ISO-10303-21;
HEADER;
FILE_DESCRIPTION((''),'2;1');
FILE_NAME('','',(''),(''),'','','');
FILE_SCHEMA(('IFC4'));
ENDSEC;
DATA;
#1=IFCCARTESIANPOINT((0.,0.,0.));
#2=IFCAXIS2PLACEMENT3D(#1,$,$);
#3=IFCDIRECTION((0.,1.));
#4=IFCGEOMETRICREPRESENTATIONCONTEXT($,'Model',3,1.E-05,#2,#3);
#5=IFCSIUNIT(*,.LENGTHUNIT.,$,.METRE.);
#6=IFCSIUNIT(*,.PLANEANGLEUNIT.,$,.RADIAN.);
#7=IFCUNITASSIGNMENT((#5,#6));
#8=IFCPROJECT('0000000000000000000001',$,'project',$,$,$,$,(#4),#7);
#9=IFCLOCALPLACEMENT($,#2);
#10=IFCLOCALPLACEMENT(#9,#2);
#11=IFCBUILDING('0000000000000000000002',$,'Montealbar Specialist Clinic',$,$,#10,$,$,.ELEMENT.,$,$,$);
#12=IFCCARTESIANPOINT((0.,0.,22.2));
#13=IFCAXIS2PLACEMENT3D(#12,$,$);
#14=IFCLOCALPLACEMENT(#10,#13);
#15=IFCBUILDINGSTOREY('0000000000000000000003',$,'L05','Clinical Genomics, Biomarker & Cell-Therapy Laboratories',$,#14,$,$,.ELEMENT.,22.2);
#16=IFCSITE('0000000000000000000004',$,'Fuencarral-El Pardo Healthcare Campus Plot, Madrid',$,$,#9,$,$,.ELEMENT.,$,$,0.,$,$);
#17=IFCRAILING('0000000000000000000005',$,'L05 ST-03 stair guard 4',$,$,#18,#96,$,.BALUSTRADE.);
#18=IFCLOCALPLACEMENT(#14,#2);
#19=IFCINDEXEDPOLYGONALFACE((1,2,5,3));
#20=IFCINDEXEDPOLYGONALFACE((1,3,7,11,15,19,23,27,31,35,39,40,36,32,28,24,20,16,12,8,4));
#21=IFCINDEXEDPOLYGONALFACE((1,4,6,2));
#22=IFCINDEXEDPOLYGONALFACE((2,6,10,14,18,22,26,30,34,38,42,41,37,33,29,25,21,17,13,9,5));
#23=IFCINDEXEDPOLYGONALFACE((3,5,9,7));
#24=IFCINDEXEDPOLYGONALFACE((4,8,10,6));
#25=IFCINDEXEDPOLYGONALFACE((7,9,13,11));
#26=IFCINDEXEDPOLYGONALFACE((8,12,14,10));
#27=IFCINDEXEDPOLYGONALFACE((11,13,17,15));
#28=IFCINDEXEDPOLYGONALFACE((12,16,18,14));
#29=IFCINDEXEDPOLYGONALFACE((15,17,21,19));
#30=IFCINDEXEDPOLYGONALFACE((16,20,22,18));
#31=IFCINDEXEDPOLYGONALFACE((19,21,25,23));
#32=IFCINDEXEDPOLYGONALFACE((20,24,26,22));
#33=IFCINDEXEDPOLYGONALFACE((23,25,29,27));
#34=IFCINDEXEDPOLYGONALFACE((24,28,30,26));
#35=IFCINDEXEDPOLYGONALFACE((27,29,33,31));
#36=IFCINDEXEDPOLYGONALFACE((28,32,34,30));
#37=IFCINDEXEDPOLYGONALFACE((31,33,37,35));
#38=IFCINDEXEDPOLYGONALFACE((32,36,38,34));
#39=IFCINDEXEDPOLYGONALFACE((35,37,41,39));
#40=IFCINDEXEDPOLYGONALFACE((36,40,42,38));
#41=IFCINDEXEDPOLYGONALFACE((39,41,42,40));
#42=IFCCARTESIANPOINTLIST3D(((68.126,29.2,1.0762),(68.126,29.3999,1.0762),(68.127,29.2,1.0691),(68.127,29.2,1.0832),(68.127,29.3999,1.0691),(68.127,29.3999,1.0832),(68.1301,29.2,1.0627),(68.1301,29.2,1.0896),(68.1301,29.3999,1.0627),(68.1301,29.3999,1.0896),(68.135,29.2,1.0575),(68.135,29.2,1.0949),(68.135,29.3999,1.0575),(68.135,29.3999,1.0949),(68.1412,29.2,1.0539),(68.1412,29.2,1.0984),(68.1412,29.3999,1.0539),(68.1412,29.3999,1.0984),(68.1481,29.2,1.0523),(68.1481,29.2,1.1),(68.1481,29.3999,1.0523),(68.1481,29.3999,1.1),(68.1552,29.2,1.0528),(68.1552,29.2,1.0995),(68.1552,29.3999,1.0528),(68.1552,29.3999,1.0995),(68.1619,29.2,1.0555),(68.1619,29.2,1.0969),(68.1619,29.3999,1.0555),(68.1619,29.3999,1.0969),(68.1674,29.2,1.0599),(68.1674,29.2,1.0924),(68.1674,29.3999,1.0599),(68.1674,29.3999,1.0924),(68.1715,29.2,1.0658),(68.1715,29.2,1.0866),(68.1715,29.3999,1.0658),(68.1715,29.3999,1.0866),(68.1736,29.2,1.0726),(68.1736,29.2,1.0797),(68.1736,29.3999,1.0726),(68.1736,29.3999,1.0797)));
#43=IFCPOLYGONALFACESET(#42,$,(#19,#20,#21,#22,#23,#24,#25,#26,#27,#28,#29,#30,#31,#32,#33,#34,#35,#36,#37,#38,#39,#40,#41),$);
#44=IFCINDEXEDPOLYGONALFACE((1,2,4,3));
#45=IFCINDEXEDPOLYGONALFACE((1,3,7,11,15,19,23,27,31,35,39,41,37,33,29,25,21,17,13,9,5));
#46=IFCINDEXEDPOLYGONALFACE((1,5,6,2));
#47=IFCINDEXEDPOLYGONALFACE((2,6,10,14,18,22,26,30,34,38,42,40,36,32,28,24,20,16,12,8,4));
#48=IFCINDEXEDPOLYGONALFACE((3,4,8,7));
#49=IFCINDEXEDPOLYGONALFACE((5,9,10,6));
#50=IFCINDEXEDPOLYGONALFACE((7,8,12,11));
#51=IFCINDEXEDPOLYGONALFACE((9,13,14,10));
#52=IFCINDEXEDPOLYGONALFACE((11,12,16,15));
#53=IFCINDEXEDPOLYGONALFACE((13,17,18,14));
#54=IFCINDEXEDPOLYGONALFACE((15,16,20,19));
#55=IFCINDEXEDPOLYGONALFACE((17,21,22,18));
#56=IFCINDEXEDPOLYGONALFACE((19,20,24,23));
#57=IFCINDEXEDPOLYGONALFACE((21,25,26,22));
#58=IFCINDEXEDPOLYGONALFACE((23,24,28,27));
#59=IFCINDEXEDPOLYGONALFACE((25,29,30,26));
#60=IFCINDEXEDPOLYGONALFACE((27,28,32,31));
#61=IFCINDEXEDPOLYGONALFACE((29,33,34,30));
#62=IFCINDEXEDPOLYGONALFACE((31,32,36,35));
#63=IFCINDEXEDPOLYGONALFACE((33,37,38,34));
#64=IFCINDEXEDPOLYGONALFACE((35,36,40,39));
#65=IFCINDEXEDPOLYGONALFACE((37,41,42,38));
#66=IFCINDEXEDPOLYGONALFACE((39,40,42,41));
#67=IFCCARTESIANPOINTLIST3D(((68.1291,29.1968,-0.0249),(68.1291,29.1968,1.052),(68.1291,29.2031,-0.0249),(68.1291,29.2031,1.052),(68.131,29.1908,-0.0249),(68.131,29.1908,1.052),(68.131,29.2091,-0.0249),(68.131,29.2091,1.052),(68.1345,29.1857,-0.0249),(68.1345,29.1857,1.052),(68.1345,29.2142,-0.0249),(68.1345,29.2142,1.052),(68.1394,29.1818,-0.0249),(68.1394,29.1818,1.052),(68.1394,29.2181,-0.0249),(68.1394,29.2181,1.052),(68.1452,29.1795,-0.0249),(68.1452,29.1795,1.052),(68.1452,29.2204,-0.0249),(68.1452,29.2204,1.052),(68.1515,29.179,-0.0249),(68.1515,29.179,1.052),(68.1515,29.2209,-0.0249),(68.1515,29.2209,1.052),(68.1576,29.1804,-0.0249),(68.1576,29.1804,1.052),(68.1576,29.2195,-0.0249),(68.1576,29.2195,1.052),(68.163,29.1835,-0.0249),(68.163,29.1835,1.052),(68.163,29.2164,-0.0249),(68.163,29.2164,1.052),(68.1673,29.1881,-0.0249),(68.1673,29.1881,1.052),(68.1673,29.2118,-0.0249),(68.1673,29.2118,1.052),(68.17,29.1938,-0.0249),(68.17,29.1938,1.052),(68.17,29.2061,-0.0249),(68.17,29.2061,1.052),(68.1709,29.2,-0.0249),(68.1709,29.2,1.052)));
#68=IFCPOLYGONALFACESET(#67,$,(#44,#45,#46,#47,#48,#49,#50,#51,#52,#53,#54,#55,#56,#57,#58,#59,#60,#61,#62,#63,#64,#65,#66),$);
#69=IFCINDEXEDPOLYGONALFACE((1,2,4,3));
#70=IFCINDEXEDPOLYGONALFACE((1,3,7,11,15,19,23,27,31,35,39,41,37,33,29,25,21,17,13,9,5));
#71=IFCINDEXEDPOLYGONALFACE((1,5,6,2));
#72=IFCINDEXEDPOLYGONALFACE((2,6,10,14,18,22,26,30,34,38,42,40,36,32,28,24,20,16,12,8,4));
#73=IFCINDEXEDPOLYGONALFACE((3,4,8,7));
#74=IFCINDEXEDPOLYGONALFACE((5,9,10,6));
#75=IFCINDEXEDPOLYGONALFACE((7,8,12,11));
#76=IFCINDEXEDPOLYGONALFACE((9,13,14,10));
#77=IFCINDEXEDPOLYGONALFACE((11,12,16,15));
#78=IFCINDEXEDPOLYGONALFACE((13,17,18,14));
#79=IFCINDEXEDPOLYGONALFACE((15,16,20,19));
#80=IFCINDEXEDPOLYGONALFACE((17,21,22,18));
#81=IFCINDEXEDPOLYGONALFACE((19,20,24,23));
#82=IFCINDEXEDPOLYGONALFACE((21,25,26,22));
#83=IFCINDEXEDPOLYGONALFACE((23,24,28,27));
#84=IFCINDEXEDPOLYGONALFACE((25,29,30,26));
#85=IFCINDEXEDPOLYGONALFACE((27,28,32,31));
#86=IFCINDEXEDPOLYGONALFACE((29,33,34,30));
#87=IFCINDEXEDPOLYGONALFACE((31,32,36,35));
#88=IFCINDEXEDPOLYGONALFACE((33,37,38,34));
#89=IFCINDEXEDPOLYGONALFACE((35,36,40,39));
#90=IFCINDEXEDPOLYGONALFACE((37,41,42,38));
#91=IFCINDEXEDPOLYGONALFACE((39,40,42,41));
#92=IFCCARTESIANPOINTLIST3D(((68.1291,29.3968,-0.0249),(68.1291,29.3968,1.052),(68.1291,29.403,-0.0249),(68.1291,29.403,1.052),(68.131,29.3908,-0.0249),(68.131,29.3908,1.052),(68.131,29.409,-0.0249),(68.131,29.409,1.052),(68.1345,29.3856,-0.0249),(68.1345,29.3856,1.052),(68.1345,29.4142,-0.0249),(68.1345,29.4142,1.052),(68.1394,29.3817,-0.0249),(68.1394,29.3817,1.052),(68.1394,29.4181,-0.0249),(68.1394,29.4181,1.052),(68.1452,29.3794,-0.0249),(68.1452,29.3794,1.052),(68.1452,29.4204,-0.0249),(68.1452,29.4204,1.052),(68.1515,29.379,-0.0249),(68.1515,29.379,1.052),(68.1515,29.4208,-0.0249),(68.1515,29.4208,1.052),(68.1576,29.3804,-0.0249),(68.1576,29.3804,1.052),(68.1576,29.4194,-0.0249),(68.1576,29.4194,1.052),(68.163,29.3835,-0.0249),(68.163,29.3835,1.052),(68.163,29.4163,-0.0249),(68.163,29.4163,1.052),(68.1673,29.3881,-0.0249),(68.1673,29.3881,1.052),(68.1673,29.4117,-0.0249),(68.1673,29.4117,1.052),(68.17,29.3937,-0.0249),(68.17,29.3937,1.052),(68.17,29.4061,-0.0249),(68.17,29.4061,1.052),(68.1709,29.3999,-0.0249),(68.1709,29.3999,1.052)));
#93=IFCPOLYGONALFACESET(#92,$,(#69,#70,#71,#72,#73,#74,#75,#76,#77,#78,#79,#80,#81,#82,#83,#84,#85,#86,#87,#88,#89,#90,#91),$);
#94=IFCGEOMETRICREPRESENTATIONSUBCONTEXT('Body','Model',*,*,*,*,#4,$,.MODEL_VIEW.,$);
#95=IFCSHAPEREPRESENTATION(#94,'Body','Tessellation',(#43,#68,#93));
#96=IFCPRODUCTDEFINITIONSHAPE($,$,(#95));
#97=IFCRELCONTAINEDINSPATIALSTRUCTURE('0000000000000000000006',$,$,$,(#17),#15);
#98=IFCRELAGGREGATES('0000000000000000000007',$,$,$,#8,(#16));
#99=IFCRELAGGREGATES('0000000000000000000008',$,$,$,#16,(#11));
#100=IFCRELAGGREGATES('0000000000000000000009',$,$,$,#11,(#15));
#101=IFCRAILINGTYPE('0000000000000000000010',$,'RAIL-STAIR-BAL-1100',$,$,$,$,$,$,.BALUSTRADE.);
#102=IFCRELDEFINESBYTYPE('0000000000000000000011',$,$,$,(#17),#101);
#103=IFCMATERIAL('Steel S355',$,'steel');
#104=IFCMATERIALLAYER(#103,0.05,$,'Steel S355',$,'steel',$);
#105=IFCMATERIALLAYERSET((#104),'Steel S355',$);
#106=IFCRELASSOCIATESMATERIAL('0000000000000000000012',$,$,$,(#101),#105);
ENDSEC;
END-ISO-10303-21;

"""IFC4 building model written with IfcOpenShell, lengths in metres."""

from ifc_helpers import new_model, si_unit, direction, frame, origin, origin_2d, place, context, subcontext, project, spatial, circle, extrude, material, layer, layer_set, type_object, element, save


model = new_model("IFC4")

# Units and contexts
model_context = context("Model", 3, precision=1e-05, world=origin(), true_north=direction((0.0, 1.0)))
body_context = subcontext(model_context, "Body", "Model", "MODEL_VIEW")
ifc_project = project(units=[si_unit("LENGTHUNIT", "METRE"), si_unit("PLANEANGLEUNIT", "RADIAN")], contexts=[model_context])

# Site, building, storey
site_placement = place(None, origin())
site = spatial("IfcSite", under=ifc_project, at=site_placement, Name="Fuencarral-El Pardo Healthcare Campus Plot, Madrid", CompositionType="ELEMENT", RefElevation=0.0)
building_placement = place(site_placement, origin())
building = spatial("IfcBuilding", under=site, at=building_placement, Name="Montealbar Specialist Clinic", CompositionType="ELEMENT")
storey_placement = place(building_placement, frame((0.0, 0.0, 22.2)))
storey = spatial("IfcBuildingStorey", under=building, at=storey_placement, Name="L05", Description="Clinical Genomics, Biomarker & Cell-Therapy Laboratories", CompositionType="ELEMENT", Elevation=22.2)

# Shared definitions
ifc_material_1 = material(Name="Steel S355", Category="steel")

# Railing
ifc_layer_1 = layer(ifc_material_1, 0.05, Name="Steel S355", Category="steel")
ifc_layer_set_1 = layer_set([ifc_layer_1], Name="Steel S355")
railing_type_1 = type_object("IfcRailingType", Name="RAIL-STAIR-BAL-1100", PredefinedType="BALUSTRADE", material=ifc_layer_set_1)
railing_1_placement = place(storey_placement, frame((68.1499, 29.2, 0.0)))
element("IfcRailing", 1, at=railing_1_placement, inside=storey, type_object=railing_type_1, Name="L05 ST-03 stair guard 4", PredefinedType="BALUSTRADE", context=body_context, shape_type="SweptSolid", body=[
    extrude(circle(Radius=0.0239, at=origin_2d()), frame((0.0, 0.0, 1.0762), z_axis=(0.0, 1.0, 0.0), x_axis=(-1.0, 0.0, 0.0)), (0.0, 0.0, 1.0), 0.2),
    extrude(circle(Radius=0.021, at=origin_2d()), frame((0.0, 0.0, -0.0249)), (0.0, 0.0, 1.0), 1.0769),
    extrude(circle(Radius=0.021, at=origin_2d()), frame((0.0, 0.2, -0.0249)), (0.0, 0.0, 1.0), 1.0769),
])

save(model, "model.ifc")
